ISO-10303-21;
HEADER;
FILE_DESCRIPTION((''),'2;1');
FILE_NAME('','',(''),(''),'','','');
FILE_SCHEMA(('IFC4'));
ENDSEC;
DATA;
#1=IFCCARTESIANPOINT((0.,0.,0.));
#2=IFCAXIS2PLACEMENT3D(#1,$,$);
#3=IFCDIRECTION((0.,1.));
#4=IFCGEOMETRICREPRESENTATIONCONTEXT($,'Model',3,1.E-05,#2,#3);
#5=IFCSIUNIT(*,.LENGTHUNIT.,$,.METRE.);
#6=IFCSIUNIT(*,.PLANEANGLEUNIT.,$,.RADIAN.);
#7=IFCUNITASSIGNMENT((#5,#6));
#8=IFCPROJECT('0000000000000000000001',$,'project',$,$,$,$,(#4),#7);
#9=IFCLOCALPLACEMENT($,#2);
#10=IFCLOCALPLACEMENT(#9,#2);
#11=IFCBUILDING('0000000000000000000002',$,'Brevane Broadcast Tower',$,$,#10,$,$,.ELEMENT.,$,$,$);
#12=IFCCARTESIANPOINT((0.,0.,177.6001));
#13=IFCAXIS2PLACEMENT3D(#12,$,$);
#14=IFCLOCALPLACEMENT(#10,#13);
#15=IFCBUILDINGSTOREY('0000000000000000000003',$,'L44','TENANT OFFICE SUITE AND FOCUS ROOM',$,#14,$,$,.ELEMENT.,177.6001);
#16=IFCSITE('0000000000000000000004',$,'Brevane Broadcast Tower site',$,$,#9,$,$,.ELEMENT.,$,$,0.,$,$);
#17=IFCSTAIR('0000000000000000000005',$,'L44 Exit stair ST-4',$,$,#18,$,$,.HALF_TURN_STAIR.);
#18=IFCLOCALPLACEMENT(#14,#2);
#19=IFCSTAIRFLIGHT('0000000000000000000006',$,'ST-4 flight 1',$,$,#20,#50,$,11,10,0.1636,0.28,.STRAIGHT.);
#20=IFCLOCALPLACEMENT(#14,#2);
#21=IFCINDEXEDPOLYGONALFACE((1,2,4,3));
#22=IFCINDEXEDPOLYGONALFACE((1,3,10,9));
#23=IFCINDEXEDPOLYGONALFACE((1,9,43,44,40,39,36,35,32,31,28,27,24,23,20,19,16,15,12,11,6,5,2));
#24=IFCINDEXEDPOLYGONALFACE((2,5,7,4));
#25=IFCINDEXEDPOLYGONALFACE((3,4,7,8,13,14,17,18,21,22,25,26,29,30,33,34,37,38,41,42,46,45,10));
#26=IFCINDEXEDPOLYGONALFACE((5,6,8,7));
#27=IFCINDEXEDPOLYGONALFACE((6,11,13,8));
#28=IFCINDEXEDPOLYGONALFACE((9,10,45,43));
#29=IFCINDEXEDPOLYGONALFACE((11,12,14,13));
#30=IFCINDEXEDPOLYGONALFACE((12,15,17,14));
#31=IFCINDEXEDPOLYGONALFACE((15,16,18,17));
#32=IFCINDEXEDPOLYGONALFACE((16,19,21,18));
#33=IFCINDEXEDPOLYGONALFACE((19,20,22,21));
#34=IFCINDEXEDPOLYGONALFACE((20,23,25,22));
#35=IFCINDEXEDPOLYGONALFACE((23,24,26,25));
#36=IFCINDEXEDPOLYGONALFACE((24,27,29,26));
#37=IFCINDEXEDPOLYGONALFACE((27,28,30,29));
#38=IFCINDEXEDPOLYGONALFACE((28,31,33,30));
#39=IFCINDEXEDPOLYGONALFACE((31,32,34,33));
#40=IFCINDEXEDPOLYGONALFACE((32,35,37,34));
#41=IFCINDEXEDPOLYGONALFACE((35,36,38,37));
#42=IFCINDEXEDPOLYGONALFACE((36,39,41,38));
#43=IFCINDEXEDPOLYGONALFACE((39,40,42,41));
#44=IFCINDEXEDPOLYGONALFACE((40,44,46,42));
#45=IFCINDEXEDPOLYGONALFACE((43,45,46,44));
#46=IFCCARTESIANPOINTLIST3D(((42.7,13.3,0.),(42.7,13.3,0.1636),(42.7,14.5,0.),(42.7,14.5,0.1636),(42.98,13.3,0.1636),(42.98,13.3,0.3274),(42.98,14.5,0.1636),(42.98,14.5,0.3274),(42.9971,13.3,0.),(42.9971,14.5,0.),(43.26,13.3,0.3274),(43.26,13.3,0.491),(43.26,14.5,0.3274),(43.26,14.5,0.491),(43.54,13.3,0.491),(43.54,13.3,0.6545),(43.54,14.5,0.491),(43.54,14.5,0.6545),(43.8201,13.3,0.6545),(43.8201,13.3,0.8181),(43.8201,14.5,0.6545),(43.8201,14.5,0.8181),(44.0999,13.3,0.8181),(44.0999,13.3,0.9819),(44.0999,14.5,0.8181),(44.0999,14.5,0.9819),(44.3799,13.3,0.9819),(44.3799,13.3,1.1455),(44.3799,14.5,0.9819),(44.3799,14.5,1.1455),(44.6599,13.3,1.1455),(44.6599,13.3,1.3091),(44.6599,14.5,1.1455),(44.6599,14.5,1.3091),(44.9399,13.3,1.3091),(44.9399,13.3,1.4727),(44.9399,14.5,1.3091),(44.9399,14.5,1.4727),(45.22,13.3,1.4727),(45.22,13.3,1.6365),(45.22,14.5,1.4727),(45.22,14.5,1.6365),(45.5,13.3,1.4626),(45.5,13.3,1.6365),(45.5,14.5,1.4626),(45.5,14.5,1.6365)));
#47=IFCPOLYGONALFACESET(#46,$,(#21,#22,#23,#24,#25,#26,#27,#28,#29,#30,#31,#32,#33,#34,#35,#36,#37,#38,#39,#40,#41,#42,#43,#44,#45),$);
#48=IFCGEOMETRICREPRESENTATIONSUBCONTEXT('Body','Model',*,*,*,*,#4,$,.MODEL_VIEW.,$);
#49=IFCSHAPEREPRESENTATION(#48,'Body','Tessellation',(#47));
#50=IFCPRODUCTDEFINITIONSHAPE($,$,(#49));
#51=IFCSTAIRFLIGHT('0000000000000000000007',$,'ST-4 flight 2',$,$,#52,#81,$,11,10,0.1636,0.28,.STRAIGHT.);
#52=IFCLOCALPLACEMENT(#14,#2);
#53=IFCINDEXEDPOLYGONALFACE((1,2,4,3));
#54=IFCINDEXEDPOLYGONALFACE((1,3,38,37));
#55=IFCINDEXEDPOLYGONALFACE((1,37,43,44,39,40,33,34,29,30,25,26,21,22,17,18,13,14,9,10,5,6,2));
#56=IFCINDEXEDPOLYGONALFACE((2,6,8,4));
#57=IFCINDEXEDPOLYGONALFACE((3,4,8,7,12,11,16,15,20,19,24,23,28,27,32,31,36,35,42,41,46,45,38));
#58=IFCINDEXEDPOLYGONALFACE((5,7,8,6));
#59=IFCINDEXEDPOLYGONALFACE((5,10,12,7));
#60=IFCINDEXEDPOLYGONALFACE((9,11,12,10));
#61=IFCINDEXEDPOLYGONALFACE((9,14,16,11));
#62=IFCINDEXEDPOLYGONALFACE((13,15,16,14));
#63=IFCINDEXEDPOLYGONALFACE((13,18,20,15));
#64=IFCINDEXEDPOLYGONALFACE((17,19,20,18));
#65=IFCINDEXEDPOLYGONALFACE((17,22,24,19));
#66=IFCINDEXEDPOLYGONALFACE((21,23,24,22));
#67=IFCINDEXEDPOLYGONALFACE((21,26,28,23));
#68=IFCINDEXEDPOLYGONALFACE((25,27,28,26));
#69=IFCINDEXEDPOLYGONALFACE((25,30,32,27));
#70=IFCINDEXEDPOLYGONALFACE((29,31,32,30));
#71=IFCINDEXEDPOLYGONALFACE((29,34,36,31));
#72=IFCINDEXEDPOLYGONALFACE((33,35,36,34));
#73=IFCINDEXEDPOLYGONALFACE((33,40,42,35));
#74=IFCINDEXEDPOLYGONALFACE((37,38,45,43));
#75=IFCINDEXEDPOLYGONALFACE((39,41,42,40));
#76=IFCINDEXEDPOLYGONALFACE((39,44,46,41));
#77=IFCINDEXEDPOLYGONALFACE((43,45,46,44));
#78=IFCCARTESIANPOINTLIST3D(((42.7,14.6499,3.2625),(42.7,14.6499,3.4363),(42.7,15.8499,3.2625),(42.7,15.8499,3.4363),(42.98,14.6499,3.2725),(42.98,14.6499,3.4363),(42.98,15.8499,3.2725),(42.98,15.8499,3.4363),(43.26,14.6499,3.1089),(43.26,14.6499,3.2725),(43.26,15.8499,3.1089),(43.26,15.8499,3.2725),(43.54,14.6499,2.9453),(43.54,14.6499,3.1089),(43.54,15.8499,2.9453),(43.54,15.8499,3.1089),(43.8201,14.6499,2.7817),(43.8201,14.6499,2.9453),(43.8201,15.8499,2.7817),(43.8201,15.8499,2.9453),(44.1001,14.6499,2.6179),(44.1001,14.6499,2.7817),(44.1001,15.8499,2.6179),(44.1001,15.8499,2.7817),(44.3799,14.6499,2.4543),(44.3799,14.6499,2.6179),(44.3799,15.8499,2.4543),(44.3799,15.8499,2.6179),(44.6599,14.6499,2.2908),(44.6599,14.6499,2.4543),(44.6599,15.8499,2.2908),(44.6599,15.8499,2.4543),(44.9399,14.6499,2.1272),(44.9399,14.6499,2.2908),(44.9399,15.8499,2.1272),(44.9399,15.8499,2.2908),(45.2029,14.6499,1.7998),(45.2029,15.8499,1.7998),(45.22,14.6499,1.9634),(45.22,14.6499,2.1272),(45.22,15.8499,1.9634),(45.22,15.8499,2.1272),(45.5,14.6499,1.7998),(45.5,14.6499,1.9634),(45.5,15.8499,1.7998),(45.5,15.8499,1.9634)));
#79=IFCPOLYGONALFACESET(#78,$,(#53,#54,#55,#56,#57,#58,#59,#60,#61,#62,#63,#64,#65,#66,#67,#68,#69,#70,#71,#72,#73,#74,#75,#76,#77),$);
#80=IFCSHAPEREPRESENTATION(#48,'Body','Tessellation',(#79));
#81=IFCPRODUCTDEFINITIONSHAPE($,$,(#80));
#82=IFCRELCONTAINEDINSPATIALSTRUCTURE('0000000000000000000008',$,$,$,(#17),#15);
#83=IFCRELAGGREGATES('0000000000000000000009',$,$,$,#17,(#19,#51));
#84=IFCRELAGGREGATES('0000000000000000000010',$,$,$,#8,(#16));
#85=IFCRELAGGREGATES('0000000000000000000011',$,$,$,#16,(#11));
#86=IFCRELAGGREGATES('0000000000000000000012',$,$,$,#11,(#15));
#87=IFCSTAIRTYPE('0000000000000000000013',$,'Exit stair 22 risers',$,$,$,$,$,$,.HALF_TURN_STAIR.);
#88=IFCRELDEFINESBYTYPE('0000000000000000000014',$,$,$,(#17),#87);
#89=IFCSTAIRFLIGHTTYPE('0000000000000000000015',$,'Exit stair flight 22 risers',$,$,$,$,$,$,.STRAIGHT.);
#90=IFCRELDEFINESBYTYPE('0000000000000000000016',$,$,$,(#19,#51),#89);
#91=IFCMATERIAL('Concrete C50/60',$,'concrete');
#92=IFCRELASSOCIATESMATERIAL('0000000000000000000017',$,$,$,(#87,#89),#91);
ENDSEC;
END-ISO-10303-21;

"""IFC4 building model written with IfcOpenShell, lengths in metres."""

from ifc_helpers import new_model, si_unit, direction, frame, origin, place, context, subcontext, project, spatial, polyline, outline, extrude, material, type_object, element, aggregate, save


model = new_model("IFC4")

# Units and contexts
model_context = context("Model", 3, precision=1e-05, world=origin(), true_north=direction((0.0, 1.0)))
body_context = subcontext(model_context, "Body", "Model", "MODEL_VIEW")
ifc_project = project(units=[si_unit("LENGTHUNIT", "METRE"), si_unit("PLANEANGLEUNIT", "RADIAN")], contexts=[model_context])

# Site, building, storey
site_placement = place(None, origin())
site = spatial("IfcSite", under=ifc_project, at=site_placement, Name="Brevane Broadcast Tower site", CompositionType="ELEMENT", RefElevation=0.0)
building_placement = place(site_placement, origin())
building = spatial("IfcBuilding", under=site, at=building_placement, Name="Brevane Broadcast Tower", CompositionType="ELEMENT")
storey_placement = place(building_placement, frame((0.0, 0.0, 177.6001)))
storey = spatial("IfcBuildingStorey", under=building, at=storey_placement, Name="L44", Description="TENANT OFFICE SUITE AND FOCUS ROOM", CompositionType="ELEMENT", Elevation=177.6001)

# Stair, stair flights
ifc_material_1 = material(Name="Concrete C50/60", Category="concrete")
stair_type = type_object("IfcStairType", Name="Exit stair 22 risers", PredefinedType="HALF_TURN_STAIR", material=ifc_material_1)
stair_placement = place(storey_placement, origin())
stair = element("IfcStair", 1, at=stair_placement, inside=storey, type_object=stair_type, Name="L44 Exit stair ST-4", PredefinedType="HALF_TURN_STAIR")
stair_flight_type = type_object("IfcStairFlightType", Name="Exit stair flight 22 risers", PredefinedType="STRAIGHT", material=ifc_material_1)
stair_flight_1_placement = place(storey_placement, frame((42.7, 13.8999, 0.0), z_axis=(0.0, 0.0, 1.0), x_axis=(1.0, 0.0, 0.0)))
stair_flight_1 = element("IfcStairFlight", 2, at=stair_flight_1_placement, type_object=stair_flight_type, Name="ST-4 flight 1", NumberOfRisers=11, NumberOfTreads=10, PredefinedType="STRAIGHT", RiserHeight=0.1636, TreadLength=0.28, context=body_context, shape_type="SweptSolid", body=[
    extrude(outline(polyline([(0.0, 0.0), (0.0, 0.1636), (0.28, 0.1636), (0.28, 0.3274), (0.5601, 0.3274), (0.5601, 0.491), (0.8401, 0.491), (0.8401, 0.6545), (1.1201, 0.6545), (1.1201, 0.8181), (1.3999, 0.8181), (1.3999, 0.9819), (1.6799, 0.9819), (1.6799, 1.1455), (1.96, 1.1455), (1.96, 1.3091), (2.24, 1.3091), (2.24, 1.4727), (2.52, 1.4727), (2.52, 1.6365), (2.8, 1.6365), (2.8, 1.8), (2.8, 1.4626), (0.2971, 0.0), (0.0, 0.0)])), frame((0.0, 0.6001, 0.0), z_axis=(0.0, -1.0, 0.0), x_axis=(1.0, 0.0, 0.0)), (0.0, 0.0, 1.0), 1.2),
])
stair_flight_2_placement = place(storey_placement, frame((45.5, 15.25, 1.7998), z_axis=(0.0, 0.0, 1.0), x_axis=(-1.0, 0.0, 0.0)))
stair_flight_2 = element("IfcStairFlight", 3, at=stair_flight_2_placement, type_object=stair_flight_type, Name="ST-4 flight 2", NumberOfRisers=11, NumberOfTreads=10, PredefinedType="STRAIGHT", RiserHeight=0.1636, TreadLength=0.28, context=body_context, shape_type="SweptSolid", body=[
    extrude(outline(polyline([(0.0, 0.0), (0.0, 0.1636), (0.28, 0.1636), (0.28, 0.3274), (0.5601, 0.3274), (0.5601, 0.491), (0.8401, 0.491), (0.8401, 0.6545), (1.1201, 0.6545), (1.1201, 0.8181), (1.3999, 0.8181), (1.3999, 0.9819), (1.6799, 0.9819), (1.6799, 1.1455), (1.96, 1.1455), (1.96, 1.3091), (2.24, 1.3091), (2.24, 1.4727), (2.52, 1.4727), (2.52, 1.6365), (2.8, 1.6365), (2.8, 1.8), (2.8, 1.4626), (0.2971, 0.0), (0.0, 0.0)])), frame((0.0, 0.6001, 0.0), z_axis=(0.0, -1.0, 0.0), x_axis=(1.0, 0.0, 0.0)), (0.0, 0.0, 1.0), 1.2),
])
aggregate(stair, [stair_flight_1, stair_flight_2])

save(model, "model.ifc")
